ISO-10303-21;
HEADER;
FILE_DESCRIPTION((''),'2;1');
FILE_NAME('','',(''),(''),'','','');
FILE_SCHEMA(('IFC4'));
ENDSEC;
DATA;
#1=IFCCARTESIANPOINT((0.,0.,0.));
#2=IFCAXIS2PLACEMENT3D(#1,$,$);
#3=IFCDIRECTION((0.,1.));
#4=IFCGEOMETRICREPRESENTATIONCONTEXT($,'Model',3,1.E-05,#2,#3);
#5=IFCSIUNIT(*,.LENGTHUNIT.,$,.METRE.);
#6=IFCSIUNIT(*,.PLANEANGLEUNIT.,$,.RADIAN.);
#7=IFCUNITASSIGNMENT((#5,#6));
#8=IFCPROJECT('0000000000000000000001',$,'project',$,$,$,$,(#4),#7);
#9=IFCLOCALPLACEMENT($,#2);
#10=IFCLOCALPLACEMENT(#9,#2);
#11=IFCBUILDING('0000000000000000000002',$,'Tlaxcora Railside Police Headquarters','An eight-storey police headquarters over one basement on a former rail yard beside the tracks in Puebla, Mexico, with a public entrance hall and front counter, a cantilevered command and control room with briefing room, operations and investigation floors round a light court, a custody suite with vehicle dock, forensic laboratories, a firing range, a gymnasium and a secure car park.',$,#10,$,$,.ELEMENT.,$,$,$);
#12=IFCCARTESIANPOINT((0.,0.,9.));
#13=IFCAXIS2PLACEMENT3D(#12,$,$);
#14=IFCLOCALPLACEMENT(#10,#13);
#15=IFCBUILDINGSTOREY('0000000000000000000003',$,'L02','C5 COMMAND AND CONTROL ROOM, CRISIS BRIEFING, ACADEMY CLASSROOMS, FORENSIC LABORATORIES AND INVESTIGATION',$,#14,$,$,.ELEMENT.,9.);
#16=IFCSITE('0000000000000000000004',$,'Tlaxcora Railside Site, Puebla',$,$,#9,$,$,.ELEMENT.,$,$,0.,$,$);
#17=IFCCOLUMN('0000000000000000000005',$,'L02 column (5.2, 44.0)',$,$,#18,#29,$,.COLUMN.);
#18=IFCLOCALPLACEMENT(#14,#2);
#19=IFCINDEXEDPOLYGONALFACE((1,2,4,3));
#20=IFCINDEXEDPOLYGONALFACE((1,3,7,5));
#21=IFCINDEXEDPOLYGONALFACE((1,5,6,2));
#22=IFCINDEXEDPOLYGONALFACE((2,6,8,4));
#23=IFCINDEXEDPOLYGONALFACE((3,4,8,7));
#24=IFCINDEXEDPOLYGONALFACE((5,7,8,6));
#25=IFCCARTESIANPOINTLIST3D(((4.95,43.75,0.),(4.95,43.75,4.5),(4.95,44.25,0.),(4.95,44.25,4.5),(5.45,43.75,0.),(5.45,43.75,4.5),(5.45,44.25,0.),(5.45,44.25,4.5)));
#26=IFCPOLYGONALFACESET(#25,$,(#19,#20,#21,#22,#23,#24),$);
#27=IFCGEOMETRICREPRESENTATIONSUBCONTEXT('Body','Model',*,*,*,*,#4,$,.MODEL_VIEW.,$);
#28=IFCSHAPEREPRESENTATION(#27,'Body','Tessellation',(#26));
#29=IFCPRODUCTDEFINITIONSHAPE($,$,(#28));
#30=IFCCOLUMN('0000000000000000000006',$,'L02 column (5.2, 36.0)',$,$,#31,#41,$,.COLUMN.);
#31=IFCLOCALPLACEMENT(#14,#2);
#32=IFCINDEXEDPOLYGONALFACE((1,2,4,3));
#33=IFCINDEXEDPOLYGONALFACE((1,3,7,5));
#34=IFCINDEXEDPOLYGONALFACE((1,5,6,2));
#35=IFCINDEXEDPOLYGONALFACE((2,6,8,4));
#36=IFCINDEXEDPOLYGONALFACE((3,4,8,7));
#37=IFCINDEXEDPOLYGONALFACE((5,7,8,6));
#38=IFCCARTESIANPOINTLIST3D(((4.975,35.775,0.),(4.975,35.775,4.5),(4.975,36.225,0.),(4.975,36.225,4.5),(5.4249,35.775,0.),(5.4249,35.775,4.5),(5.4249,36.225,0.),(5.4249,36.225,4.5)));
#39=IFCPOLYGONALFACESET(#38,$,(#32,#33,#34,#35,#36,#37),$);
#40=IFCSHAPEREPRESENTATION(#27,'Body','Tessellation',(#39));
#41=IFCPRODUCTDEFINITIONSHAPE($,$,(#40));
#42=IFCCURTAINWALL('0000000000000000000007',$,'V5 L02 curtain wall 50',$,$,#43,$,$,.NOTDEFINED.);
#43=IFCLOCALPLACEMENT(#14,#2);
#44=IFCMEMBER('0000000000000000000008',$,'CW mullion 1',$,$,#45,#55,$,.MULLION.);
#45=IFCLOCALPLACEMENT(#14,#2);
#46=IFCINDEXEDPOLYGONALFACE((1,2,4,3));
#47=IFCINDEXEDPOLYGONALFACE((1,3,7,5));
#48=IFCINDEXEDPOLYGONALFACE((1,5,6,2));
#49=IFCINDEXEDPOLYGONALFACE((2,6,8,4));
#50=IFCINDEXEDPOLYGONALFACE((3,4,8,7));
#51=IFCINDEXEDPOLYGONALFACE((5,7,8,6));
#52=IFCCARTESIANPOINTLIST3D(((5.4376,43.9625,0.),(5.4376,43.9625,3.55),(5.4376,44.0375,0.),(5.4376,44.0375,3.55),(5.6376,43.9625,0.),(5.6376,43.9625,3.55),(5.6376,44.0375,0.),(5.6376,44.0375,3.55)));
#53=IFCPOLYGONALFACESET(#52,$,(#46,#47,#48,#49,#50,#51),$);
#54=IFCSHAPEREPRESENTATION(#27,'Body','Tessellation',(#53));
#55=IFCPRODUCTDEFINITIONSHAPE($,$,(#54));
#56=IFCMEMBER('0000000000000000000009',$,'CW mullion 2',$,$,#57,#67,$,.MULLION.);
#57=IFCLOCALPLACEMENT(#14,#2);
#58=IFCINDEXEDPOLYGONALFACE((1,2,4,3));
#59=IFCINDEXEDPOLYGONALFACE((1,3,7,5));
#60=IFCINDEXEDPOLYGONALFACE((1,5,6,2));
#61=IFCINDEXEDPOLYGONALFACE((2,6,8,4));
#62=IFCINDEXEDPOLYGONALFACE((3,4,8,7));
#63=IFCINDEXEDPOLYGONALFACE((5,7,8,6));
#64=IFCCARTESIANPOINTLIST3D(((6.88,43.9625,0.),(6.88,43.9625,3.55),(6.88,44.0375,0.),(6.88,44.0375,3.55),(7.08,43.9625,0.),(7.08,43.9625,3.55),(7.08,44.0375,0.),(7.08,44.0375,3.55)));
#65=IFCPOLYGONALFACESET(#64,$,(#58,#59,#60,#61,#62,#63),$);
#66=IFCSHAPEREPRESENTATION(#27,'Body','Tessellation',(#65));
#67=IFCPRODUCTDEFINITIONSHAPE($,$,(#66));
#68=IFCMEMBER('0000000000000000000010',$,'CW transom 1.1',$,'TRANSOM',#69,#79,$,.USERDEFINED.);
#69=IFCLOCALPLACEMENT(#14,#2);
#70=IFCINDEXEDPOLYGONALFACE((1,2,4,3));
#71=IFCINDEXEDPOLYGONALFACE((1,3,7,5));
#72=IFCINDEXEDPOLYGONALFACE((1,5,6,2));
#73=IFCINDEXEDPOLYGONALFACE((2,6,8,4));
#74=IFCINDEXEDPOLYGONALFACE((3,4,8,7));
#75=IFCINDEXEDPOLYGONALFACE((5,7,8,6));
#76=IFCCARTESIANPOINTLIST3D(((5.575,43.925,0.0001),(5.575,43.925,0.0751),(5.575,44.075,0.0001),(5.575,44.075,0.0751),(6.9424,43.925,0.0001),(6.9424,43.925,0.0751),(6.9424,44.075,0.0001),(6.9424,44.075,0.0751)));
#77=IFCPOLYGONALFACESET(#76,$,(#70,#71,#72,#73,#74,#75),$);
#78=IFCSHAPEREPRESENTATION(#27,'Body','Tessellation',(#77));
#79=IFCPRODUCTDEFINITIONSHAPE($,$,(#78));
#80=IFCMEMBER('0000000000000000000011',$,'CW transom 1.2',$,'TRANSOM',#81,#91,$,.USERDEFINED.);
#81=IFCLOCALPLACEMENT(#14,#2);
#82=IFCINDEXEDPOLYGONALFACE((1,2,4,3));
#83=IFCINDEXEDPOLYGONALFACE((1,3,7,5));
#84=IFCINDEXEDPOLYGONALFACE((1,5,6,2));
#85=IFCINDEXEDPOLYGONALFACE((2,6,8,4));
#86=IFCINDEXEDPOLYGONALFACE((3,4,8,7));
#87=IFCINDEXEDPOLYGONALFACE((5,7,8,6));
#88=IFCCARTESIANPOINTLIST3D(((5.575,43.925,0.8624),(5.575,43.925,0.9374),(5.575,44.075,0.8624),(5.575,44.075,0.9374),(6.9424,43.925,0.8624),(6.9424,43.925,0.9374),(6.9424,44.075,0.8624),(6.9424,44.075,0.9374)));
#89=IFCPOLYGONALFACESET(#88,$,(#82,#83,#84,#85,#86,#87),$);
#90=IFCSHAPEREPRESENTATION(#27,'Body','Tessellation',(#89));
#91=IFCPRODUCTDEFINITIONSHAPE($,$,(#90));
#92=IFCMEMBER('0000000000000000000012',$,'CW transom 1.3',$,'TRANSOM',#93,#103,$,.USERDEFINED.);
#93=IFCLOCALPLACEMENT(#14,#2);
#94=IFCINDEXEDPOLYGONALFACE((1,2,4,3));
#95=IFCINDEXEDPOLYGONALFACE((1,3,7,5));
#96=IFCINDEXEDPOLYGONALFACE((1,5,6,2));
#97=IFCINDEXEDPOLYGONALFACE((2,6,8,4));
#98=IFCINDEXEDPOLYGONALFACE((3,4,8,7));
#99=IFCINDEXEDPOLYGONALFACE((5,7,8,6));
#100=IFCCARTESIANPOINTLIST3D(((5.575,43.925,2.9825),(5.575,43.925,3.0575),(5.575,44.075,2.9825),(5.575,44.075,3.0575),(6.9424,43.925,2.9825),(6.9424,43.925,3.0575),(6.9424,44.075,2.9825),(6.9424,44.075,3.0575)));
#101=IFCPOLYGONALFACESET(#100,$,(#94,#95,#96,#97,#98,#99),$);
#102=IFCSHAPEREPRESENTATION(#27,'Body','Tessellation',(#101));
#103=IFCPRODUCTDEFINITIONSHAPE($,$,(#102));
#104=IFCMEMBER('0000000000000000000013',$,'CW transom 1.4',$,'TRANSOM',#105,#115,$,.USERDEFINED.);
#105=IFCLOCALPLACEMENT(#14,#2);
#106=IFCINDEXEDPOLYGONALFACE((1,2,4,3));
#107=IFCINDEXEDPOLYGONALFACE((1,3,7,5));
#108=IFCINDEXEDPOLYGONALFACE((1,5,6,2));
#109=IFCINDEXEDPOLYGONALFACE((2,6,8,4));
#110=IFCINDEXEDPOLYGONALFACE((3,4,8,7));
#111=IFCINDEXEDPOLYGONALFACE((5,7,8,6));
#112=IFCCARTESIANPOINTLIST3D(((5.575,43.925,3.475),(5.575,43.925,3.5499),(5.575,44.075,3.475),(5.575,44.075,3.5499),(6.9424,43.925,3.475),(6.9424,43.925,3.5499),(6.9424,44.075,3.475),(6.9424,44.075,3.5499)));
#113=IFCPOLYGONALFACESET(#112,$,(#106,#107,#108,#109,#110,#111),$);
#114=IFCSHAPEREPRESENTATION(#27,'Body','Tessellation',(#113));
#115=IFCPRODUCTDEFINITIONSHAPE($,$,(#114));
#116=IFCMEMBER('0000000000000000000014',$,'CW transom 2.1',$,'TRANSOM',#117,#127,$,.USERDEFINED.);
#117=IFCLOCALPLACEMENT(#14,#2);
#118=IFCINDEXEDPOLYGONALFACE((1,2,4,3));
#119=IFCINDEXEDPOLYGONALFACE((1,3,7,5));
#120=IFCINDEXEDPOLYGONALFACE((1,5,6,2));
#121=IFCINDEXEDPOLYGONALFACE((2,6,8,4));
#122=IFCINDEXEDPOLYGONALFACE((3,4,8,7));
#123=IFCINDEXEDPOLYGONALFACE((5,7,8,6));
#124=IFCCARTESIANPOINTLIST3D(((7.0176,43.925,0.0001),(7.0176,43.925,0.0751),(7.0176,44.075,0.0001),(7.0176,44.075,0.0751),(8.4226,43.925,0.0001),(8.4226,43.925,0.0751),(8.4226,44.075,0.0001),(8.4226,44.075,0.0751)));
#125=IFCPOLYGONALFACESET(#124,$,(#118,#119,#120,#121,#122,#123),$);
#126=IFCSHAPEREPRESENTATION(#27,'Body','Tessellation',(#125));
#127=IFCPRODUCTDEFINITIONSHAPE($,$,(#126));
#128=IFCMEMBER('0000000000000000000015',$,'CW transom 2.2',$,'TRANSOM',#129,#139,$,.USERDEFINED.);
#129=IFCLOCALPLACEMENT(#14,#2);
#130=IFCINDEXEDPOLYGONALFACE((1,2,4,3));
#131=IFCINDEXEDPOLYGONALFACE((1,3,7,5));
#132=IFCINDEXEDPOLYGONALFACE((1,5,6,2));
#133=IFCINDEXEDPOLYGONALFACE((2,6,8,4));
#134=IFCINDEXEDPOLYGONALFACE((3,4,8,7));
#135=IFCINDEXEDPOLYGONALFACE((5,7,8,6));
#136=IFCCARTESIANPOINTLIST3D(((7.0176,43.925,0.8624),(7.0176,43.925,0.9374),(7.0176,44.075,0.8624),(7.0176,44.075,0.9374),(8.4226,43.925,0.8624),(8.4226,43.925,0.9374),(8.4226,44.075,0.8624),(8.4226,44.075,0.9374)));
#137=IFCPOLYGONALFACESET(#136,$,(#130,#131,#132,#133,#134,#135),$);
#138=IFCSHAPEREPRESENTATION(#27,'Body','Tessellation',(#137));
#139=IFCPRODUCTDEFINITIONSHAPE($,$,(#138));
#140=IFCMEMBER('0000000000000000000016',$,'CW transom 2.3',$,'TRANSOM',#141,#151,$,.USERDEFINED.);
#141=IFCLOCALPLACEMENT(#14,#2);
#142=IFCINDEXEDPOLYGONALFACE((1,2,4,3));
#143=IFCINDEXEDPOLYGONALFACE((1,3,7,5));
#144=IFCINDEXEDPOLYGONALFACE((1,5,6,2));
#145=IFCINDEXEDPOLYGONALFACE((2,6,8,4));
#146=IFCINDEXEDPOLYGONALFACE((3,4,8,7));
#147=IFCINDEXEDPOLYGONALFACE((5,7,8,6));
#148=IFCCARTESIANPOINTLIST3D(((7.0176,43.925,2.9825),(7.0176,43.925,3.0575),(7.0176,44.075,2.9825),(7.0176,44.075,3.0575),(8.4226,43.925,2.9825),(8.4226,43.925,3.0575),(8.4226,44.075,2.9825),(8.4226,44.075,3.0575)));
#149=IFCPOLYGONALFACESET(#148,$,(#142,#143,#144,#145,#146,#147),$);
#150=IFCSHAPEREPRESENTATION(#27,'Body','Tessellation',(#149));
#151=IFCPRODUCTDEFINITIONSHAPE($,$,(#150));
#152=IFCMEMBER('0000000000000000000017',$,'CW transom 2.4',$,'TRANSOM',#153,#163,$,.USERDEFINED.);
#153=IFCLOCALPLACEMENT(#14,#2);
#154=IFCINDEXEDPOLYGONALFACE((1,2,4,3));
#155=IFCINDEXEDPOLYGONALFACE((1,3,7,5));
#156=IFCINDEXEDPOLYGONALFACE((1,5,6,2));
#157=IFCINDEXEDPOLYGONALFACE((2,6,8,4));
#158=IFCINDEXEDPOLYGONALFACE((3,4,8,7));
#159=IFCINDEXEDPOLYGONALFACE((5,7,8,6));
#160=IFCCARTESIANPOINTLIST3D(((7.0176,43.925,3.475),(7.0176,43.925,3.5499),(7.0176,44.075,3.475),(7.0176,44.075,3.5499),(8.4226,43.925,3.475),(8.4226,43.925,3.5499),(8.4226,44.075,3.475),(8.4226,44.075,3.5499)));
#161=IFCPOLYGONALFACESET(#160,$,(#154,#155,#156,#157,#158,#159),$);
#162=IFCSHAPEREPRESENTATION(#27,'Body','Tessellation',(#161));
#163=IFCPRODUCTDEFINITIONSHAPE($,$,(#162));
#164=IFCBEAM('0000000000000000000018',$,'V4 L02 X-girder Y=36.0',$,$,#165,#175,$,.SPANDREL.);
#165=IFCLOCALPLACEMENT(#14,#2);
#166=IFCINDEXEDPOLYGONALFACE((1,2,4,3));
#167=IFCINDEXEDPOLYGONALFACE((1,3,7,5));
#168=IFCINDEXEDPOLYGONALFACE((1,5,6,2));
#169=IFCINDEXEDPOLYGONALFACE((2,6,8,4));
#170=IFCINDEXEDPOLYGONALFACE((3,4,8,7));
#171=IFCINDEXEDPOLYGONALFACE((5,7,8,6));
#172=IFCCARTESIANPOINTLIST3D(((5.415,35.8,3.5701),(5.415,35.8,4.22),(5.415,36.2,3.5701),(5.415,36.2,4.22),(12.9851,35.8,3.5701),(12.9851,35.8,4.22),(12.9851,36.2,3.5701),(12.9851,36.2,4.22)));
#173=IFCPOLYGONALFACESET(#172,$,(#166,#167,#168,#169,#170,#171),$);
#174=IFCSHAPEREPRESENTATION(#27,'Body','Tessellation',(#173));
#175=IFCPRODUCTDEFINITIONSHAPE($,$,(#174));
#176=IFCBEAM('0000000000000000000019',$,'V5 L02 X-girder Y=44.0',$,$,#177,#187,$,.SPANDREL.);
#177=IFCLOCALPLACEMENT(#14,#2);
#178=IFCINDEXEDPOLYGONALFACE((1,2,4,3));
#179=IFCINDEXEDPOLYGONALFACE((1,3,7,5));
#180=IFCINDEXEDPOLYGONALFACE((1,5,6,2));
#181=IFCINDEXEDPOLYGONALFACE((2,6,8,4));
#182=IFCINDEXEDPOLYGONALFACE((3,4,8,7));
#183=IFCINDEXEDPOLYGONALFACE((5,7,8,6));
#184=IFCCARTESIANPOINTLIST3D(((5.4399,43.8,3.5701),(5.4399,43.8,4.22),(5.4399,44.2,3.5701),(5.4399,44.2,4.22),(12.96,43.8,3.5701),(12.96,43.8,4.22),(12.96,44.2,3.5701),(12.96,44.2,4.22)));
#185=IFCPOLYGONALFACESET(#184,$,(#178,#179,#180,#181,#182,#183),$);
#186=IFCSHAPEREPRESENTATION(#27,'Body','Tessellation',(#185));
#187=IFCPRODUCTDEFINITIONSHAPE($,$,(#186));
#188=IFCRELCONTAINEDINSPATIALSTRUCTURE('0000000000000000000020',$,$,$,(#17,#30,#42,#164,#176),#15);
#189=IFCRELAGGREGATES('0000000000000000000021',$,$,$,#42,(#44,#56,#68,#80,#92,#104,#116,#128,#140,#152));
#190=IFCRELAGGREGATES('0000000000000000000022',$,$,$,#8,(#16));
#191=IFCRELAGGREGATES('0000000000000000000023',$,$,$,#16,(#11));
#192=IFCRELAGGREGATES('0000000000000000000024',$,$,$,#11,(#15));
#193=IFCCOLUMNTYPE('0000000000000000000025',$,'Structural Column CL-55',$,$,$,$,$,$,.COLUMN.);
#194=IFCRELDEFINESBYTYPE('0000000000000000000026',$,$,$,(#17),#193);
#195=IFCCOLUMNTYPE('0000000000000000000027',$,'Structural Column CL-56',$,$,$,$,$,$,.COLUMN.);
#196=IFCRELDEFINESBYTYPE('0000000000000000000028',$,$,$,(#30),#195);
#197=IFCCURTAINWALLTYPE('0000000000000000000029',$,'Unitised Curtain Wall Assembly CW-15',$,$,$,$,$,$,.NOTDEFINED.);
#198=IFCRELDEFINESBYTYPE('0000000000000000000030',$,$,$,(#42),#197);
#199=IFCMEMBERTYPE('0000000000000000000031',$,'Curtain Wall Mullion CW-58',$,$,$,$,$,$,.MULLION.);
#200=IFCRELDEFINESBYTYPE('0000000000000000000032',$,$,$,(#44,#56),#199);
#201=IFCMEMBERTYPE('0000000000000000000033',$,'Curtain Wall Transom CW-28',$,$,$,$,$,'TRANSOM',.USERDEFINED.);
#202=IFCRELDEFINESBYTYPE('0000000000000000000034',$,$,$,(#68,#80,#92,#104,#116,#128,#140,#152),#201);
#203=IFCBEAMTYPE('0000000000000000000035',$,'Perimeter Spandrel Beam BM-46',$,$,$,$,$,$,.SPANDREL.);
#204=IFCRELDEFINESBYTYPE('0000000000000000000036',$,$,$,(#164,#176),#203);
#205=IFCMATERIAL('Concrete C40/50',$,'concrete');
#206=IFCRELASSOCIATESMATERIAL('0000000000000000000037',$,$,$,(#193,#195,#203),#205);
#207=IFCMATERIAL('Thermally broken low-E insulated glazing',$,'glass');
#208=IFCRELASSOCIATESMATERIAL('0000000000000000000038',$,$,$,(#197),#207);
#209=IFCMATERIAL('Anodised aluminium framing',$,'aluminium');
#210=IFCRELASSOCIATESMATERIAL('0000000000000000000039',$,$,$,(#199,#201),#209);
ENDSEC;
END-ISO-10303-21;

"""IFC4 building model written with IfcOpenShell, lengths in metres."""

from ifc_helpers import new_model, si_unit, direction, frame, origin, origin_2d, place, context, subcontext, project, spatial, rectangle, extrude, material, material_profile, profile_set, type_object, element, aggregate, save


model = new_model("IFC4")

# Units and contexts
model_context = context("Model", 3, precision=1e-05, world=origin(), true_north=direction((0.0, 1.0)))
body_context = subcontext(model_context, "Body", "Model", "MODEL_VIEW")
ifc_project = project(units=[si_unit("LENGTHUNIT", "METRE"), si_unit("PLANEANGLEUNIT", "RADIAN")], contexts=[model_context])

# Site, building, storey
site_placement = place(None, origin())
site = spatial("IfcSite", under=ifc_project, at=site_placement, Name="Tlaxcora Railside Site, Puebla", CompositionType="ELEMENT", RefElevation=0.0)
building_placement = place(site_placement, origin())
building = spatial("IfcBuilding", under=site, at=building_placement, Name="Tlaxcora Railside Police Headquarters", Description="An eight-storey police headquarters over one basement on a former rail yard beside the tracks in Puebla, Mexico, with a public entrance hall and front counter, a cantilevered command and control room with briefing room, operations and investigation floors round a light court, a custody suite with vehicle dock, forensic laboratories, a firing range, a gymnasium and a secure car park.", CompositionType="ELEMENT")
storey_placement = place(building_placement, frame((0.0, 0.0, 9.0)))
storey = spatial("IfcBuildingStorey", under=building, at=storey_placement, Name="L02", Description="C5 COMMAND AND CONTROL ROOM, CRISIS BRIEFING, ACADEMY CLASSROOMS, FORENSIC LABORATORIES AND INVESTIGATION", CompositionType="ELEMENT", Elevation=9.0)

# Columns
ifc_material_1 = material(Name="Concrete C40/50", Category="concrete")
ifc_material_profile_1 = material_profile(ifc_material_1, rectangle(XDim=0.5, YDim=0.5, at=origin_2d()), Name="RC500X500")
ifc_profile_set_1 = profile_set([ifc_material_profile_1], Name="Concrete C40/50")
column_type_1 = type_object("IfcColumnType", Name="Structural Column CL-55", PredefinedType="COLUMN", material=ifc_profile_set_1)
column_1_placement = place(storey_placement, frame((5.2, 44.0, 0.0), z_axis=(0.0, 0.0, 1.0), x_axis=(1.0, 0.0, 0.0)))
element("IfcColumn", 1, at=column_1_placement, inside=storey, type_object=column_type_1, Name="L02 column (5.2, 44.0)", PredefinedType="COLUMN", context=body_context, shape_type="SweptSolid", body=[
    extrude(rectangle(XDim=0.5, YDim=0.5, at=origin_2d()), origin(), (0.0, 0.0, 1.0), 4.5),
])
ifc_material_profile_2 = material_profile(ifc_material_1, rectangle(XDim=0.45, YDim=0.45, at=origin_2d()), Name="RC450X450")
ifc_profile_set_2 = profile_set([ifc_material_profile_2], Name="Concrete C40/50")
column_type_2 = type_object("IfcColumnType", Name="Structural Column CL-56", PredefinedType="COLUMN", material=ifc_profile_set_2)
column_2_placement = place(storey_placement, frame((5.2, 36.0, 0.0), z_axis=(0.0, 0.0, 1.0), x_axis=(1.0, 0.0, 0.0)))
element("IfcColumn", 2, at=column_2_placement, inside=storey, type_object=column_type_2, Name="L02 column (5.2, 36.0)", PredefinedType="COLUMN", context=body_context, shape_type="SweptSolid", body=[
    extrude(rectangle(XDim=0.45, YDim=0.45, at=origin_2d()), origin(), (0.0, 0.0, 1.0), 4.5),
])

# Curtain wall, members
ifc_material_2 = material(Name="Thermally broken low-E insulated glazing", Category="glass")
curtain_wall_type = type_object("IfcCurtainWallType", Name="Unitised Curtain Wall Assembly CW-15", PredefinedType="NOTDEFINED", material=ifc_material_2)
curtain_wall_placement = place(storey_placement, origin())
curtain_wall = element("IfcCurtainWall", 3, at=curtain_wall_placement, inside=storey, type_object=curtain_wall_type, Name="V5 L02 curtain wall 50", PredefinedType="NOTDEFINED")
ifc_material_3 = material(Name="Anodised aluminium framing", Category="aluminium")
ifc_material_profile_3 = material_profile(ifc_material_3, rectangle(XDim=0.075, YDim=0.2, at=origin_2d()), Name="AL75X200")
ifc_profile_set_3 = profile_set([ifc_material_profile_3], Name="Anodised aluminium framing")
member_type_1 = type_object("IfcMemberType", Name="Curtain Wall Mullion CW-58", PredefinedType="MULLION", material=ifc_profile_set_3)
member_1_placement = place(storey_placement, frame((5.5376, 44.0, 0.0), z_axis=(0.0, 0.0, 1.0), x_axis=(0.0, 1.0, 0.0)))
member_1 = element("IfcMember", 4, at=member_1_placement, type_object=member_type_1, Name="CW mullion 1", PredefinedType="MULLION", context=body_context, shape_type="SweptSolid", body=[
    extrude(rectangle(XDim=0.075, YDim=0.2, at=origin_2d()), origin(), (0.0, 0.0, 1.0), 3.55),
])
member_2_placement = place(storey_placement, frame((6.98, 44.0, 0.0), z_axis=(0.0, 0.0, 1.0), x_axis=(0.0, 1.0, 0.0)))
member_2 = element("IfcMember", 5, at=member_2_placement, type_object=member_type_1, Name="CW mullion 2", PredefinedType="MULLION", context=body_context, shape_type="SweptSolid", body=[
    extrude(rectangle(XDim=0.075, YDim=0.2, at=origin_2d()), origin(), (0.0, 0.0, 1.0), 3.55),
])
ifc_material_profile_4 = material_profile(ifc_material_3, rectangle(XDim=0.1499, YDim=0.075, at=origin_2d()), Name="AL75X150")
ifc_profile_set_4 = profile_set([ifc_material_profile_4], Name="Anodised aluminium framing")
member_type_2 = type_object("IfcMemberType", Name="Curtain Wall Transom CW-28", ElementType="TRANSOM", PredefinedType="USERDEFINED", material=ifc_profile_set_4)
member_3_placement = place(storey_placement, frame((5.575, 44.0, 0.0376), z_axis=(1.0, 0.0, 0.0), x_axis=(0.0, 1.0, 0.0)))
member_3 = element("IfcMember", 6, at=member_3_placement, type_object=member_type_2, Name="CW transom 1.1", ObjectType="TRANSOM", PredefinedType="USERDEFINED", context=body_context, shape_type="SweptSolid", body=[
    extrude(rectangle(XDim=0.1499, YDim=0.075, at=origin_2d()), origin(), (0.0, 0.0, 1.0), 1.3674),
])
member_4_placement = place(storey_placement, frame((5.575, 44.0, 0.8999), z_axis=(1.0, 0.0, 0.0), x_axis=(0.0, 1.0, 0.0)))
member_4 = element("IfcMember", 7, at=member_4_placement, type_object=member_type_2, Name="CW transom 1.2", ObjectType="TRANSOM", PredefinedType="USERDEFINED", context=body_context, shape_type="SweptSolid", body=[
    extrude(rectangle(XDim=0.1499, YDim=0.075, at=origin_2d()), origin(), (0.0, 0.0, 1.0), 1.3674),
])
member_5_placement = place(storey_placement, frame((5.575, 44.0, 3.02), z_axis=(1.0, 0.0, 0.0), x_axis=(0.0, 1.0, 0.0)))
member_5 = element("IfcMember", 8, at=member_5_placement, type_object=member_type_2, Name="CW transom 1.3", ObjectType="TRANSOM", PredefinedType="USERDEFINED", context=body_context, shape_type="SweptSolid", body=[
    extrude(rectangle(XDim=0.1499, YDim=0.075, at=origin_2d()), origin(), (0.0, 0.0, 1.0), 1.3674),
])
member_6_placement = place(storey_placement, frame((5.575, 44.0, 3.5125), z_axis=(1.0, 0.0, 0.0), x_axis=(0.0, 1.0, 0.0)))
member_6 = element("IfcMember", 9, at=member_6_placement, type_object=member_type_2, Name="CW transom 1.4", ObjectType="TRANSOM", PredefinedType="USERDEFINED", context=body_context, shape_type="SweptSolid", body=[
    extrude(rectangle(XDim=0.1499, YDim=0.075, at=origin_2d()), origin(), (0.0, 0.0, 1.0), 1.3674),
])
member_7_placement = place(storey_placement, frame((7.0176, 44.0, 0.0376), z_axis=(1.0, 0.0, 0.0), x_axis=(0.0, 1.0, 0.0)))
member_7 = element("IfcMember", 10, at=member_7_placement, type_object=member_type_2, Name="CW transom 2.1", ObjectType="TRANSOM", PredefinedType="USERDEFINED", context=body_context, shape_type="SweptSolid", body=[
    extrude(rectangle(XDim=0.1499, YDim=0.075, at=origin_2d()), origin(), (0.0, 0.0, 1.0), 1.405),
])
member_8_placement = place(storey_placement, frame((7.0176, 44.0, 0.8999), z_axis=(1.0, 0.0, 0.0), x_axis=(0.0, 1.0, 0.0)))
member_8 = element("IfcMember", 11, at=member_8_placement, type_object=member_type_2, Name="CW transom 2.2", ObjectType="TRANSOM", PredefinedType="USERDEFINED", context=body_context, shape_type="SweptSolid", body=[
    extrude(rectangle(XDim=0.1499, YDim=0.075, at=origin_2d()), origin(), (0.0, 0.0, 1.0), 1.405),
])
member_9_placement = place(storey_placement, frame((7.0176, 44.0, 3.02), z_axis=(1.0, 0.0, 0.0), x_axis=(0.0, 1.0, 0.0)))
member_9 = element("IfcMember", 12, at=member_9_placement, type_object=member_type_2, Name="CW transom 2.3", ObjectType="TRANSOM", PredefinedType="USERDEFINED", context=body_context, shape_type="SweptSolid", body=[
    extrude(rectangle(XDim=0.1499, YDim=0.075, at=origin_2d()), origin(), (0.0, 0.0, 1.0), 1.405),
])
member_10_placement = place(storey_placement, frame((7.0176, 44.0, 3.5125), z_axis=(1.0, 0.0, 0.0), x_axis=(0.0, 1.0, 0.0)))
member_10 = element("IfcMember", 13, at=member_10_placement, type_object=member_type_2, Name="CW transom 2.4", ObjectType="TRANSOM", PredefinedType="USERDEFINED", context=body_context, shape_type="SweptSolid", body=[
    extrude(rectangle(XDim=0.1499, YDim=0.075, at=origin_2d()), origin(), (0.0, 0.0, 1.0), 1.405),
])

# Beams
ifc_material_profile_5 = material_profile(ifc_material_1, rectangle(XDim=0.3999, YDim=0.6499, at=origin_2d()), Name="RC400X650")
ifc_profile_set_5 = profile_set([ifc_material_profile_5], Name="Concrete C40/50")
beam_type = type_object("IfcBeamType", Name="Perimeter Spandrel Beam BM-46", PredefinedType="SPANDREL", material=ifc_profile_set_5)
beam_1_placement = place(storey_placement, frame((5.415, 36.0, 3.895), z_axis=(1.0, 0.0, 0.0), x_axis=(0.0, 1.0, 0.0)))
element("IfcBeam", 14, at=beam_1_placement, inside=storey, type_object=beam_type, Name="V4 L02 X-girder Y=36.0", PredefinedType="SPANDREL", context=body_context, shape_type="SweptSolid", body=[
    extrude(rectangle(XDim=0.3999, YDim=0.6499, at=origin_2d()), origin(), (0.0, 0.0, 1.0), 7.5701),
])
beam_2_placement = place(storey_placement, frame((5.4399, 44.0, 3.895), z_axis=(1.0, 0.0, 0.0), x_axis=(0.0, 1.0, 0.0)))
element("IfcBeam", 15, at=beam_2_placement, inside=storey, type_object=beam_type, Name="V5 L02 X-girder Y=44.0", PredefinedType="SPANDREL", context=body_context, shape_type="SweptSolid", body=[
    extrude(rectangle(XDim=0.3999, YDim=0.6499, at=origin_2d()), origin(), (0.0, 0.0, 1.0), 7.52),
])

aggregate(curtain_wall, [member_1, member_2, member_3, member_4, member_5, member_6, member_7, member_8, member_9, member_10])

save(model, "model.ifc")
